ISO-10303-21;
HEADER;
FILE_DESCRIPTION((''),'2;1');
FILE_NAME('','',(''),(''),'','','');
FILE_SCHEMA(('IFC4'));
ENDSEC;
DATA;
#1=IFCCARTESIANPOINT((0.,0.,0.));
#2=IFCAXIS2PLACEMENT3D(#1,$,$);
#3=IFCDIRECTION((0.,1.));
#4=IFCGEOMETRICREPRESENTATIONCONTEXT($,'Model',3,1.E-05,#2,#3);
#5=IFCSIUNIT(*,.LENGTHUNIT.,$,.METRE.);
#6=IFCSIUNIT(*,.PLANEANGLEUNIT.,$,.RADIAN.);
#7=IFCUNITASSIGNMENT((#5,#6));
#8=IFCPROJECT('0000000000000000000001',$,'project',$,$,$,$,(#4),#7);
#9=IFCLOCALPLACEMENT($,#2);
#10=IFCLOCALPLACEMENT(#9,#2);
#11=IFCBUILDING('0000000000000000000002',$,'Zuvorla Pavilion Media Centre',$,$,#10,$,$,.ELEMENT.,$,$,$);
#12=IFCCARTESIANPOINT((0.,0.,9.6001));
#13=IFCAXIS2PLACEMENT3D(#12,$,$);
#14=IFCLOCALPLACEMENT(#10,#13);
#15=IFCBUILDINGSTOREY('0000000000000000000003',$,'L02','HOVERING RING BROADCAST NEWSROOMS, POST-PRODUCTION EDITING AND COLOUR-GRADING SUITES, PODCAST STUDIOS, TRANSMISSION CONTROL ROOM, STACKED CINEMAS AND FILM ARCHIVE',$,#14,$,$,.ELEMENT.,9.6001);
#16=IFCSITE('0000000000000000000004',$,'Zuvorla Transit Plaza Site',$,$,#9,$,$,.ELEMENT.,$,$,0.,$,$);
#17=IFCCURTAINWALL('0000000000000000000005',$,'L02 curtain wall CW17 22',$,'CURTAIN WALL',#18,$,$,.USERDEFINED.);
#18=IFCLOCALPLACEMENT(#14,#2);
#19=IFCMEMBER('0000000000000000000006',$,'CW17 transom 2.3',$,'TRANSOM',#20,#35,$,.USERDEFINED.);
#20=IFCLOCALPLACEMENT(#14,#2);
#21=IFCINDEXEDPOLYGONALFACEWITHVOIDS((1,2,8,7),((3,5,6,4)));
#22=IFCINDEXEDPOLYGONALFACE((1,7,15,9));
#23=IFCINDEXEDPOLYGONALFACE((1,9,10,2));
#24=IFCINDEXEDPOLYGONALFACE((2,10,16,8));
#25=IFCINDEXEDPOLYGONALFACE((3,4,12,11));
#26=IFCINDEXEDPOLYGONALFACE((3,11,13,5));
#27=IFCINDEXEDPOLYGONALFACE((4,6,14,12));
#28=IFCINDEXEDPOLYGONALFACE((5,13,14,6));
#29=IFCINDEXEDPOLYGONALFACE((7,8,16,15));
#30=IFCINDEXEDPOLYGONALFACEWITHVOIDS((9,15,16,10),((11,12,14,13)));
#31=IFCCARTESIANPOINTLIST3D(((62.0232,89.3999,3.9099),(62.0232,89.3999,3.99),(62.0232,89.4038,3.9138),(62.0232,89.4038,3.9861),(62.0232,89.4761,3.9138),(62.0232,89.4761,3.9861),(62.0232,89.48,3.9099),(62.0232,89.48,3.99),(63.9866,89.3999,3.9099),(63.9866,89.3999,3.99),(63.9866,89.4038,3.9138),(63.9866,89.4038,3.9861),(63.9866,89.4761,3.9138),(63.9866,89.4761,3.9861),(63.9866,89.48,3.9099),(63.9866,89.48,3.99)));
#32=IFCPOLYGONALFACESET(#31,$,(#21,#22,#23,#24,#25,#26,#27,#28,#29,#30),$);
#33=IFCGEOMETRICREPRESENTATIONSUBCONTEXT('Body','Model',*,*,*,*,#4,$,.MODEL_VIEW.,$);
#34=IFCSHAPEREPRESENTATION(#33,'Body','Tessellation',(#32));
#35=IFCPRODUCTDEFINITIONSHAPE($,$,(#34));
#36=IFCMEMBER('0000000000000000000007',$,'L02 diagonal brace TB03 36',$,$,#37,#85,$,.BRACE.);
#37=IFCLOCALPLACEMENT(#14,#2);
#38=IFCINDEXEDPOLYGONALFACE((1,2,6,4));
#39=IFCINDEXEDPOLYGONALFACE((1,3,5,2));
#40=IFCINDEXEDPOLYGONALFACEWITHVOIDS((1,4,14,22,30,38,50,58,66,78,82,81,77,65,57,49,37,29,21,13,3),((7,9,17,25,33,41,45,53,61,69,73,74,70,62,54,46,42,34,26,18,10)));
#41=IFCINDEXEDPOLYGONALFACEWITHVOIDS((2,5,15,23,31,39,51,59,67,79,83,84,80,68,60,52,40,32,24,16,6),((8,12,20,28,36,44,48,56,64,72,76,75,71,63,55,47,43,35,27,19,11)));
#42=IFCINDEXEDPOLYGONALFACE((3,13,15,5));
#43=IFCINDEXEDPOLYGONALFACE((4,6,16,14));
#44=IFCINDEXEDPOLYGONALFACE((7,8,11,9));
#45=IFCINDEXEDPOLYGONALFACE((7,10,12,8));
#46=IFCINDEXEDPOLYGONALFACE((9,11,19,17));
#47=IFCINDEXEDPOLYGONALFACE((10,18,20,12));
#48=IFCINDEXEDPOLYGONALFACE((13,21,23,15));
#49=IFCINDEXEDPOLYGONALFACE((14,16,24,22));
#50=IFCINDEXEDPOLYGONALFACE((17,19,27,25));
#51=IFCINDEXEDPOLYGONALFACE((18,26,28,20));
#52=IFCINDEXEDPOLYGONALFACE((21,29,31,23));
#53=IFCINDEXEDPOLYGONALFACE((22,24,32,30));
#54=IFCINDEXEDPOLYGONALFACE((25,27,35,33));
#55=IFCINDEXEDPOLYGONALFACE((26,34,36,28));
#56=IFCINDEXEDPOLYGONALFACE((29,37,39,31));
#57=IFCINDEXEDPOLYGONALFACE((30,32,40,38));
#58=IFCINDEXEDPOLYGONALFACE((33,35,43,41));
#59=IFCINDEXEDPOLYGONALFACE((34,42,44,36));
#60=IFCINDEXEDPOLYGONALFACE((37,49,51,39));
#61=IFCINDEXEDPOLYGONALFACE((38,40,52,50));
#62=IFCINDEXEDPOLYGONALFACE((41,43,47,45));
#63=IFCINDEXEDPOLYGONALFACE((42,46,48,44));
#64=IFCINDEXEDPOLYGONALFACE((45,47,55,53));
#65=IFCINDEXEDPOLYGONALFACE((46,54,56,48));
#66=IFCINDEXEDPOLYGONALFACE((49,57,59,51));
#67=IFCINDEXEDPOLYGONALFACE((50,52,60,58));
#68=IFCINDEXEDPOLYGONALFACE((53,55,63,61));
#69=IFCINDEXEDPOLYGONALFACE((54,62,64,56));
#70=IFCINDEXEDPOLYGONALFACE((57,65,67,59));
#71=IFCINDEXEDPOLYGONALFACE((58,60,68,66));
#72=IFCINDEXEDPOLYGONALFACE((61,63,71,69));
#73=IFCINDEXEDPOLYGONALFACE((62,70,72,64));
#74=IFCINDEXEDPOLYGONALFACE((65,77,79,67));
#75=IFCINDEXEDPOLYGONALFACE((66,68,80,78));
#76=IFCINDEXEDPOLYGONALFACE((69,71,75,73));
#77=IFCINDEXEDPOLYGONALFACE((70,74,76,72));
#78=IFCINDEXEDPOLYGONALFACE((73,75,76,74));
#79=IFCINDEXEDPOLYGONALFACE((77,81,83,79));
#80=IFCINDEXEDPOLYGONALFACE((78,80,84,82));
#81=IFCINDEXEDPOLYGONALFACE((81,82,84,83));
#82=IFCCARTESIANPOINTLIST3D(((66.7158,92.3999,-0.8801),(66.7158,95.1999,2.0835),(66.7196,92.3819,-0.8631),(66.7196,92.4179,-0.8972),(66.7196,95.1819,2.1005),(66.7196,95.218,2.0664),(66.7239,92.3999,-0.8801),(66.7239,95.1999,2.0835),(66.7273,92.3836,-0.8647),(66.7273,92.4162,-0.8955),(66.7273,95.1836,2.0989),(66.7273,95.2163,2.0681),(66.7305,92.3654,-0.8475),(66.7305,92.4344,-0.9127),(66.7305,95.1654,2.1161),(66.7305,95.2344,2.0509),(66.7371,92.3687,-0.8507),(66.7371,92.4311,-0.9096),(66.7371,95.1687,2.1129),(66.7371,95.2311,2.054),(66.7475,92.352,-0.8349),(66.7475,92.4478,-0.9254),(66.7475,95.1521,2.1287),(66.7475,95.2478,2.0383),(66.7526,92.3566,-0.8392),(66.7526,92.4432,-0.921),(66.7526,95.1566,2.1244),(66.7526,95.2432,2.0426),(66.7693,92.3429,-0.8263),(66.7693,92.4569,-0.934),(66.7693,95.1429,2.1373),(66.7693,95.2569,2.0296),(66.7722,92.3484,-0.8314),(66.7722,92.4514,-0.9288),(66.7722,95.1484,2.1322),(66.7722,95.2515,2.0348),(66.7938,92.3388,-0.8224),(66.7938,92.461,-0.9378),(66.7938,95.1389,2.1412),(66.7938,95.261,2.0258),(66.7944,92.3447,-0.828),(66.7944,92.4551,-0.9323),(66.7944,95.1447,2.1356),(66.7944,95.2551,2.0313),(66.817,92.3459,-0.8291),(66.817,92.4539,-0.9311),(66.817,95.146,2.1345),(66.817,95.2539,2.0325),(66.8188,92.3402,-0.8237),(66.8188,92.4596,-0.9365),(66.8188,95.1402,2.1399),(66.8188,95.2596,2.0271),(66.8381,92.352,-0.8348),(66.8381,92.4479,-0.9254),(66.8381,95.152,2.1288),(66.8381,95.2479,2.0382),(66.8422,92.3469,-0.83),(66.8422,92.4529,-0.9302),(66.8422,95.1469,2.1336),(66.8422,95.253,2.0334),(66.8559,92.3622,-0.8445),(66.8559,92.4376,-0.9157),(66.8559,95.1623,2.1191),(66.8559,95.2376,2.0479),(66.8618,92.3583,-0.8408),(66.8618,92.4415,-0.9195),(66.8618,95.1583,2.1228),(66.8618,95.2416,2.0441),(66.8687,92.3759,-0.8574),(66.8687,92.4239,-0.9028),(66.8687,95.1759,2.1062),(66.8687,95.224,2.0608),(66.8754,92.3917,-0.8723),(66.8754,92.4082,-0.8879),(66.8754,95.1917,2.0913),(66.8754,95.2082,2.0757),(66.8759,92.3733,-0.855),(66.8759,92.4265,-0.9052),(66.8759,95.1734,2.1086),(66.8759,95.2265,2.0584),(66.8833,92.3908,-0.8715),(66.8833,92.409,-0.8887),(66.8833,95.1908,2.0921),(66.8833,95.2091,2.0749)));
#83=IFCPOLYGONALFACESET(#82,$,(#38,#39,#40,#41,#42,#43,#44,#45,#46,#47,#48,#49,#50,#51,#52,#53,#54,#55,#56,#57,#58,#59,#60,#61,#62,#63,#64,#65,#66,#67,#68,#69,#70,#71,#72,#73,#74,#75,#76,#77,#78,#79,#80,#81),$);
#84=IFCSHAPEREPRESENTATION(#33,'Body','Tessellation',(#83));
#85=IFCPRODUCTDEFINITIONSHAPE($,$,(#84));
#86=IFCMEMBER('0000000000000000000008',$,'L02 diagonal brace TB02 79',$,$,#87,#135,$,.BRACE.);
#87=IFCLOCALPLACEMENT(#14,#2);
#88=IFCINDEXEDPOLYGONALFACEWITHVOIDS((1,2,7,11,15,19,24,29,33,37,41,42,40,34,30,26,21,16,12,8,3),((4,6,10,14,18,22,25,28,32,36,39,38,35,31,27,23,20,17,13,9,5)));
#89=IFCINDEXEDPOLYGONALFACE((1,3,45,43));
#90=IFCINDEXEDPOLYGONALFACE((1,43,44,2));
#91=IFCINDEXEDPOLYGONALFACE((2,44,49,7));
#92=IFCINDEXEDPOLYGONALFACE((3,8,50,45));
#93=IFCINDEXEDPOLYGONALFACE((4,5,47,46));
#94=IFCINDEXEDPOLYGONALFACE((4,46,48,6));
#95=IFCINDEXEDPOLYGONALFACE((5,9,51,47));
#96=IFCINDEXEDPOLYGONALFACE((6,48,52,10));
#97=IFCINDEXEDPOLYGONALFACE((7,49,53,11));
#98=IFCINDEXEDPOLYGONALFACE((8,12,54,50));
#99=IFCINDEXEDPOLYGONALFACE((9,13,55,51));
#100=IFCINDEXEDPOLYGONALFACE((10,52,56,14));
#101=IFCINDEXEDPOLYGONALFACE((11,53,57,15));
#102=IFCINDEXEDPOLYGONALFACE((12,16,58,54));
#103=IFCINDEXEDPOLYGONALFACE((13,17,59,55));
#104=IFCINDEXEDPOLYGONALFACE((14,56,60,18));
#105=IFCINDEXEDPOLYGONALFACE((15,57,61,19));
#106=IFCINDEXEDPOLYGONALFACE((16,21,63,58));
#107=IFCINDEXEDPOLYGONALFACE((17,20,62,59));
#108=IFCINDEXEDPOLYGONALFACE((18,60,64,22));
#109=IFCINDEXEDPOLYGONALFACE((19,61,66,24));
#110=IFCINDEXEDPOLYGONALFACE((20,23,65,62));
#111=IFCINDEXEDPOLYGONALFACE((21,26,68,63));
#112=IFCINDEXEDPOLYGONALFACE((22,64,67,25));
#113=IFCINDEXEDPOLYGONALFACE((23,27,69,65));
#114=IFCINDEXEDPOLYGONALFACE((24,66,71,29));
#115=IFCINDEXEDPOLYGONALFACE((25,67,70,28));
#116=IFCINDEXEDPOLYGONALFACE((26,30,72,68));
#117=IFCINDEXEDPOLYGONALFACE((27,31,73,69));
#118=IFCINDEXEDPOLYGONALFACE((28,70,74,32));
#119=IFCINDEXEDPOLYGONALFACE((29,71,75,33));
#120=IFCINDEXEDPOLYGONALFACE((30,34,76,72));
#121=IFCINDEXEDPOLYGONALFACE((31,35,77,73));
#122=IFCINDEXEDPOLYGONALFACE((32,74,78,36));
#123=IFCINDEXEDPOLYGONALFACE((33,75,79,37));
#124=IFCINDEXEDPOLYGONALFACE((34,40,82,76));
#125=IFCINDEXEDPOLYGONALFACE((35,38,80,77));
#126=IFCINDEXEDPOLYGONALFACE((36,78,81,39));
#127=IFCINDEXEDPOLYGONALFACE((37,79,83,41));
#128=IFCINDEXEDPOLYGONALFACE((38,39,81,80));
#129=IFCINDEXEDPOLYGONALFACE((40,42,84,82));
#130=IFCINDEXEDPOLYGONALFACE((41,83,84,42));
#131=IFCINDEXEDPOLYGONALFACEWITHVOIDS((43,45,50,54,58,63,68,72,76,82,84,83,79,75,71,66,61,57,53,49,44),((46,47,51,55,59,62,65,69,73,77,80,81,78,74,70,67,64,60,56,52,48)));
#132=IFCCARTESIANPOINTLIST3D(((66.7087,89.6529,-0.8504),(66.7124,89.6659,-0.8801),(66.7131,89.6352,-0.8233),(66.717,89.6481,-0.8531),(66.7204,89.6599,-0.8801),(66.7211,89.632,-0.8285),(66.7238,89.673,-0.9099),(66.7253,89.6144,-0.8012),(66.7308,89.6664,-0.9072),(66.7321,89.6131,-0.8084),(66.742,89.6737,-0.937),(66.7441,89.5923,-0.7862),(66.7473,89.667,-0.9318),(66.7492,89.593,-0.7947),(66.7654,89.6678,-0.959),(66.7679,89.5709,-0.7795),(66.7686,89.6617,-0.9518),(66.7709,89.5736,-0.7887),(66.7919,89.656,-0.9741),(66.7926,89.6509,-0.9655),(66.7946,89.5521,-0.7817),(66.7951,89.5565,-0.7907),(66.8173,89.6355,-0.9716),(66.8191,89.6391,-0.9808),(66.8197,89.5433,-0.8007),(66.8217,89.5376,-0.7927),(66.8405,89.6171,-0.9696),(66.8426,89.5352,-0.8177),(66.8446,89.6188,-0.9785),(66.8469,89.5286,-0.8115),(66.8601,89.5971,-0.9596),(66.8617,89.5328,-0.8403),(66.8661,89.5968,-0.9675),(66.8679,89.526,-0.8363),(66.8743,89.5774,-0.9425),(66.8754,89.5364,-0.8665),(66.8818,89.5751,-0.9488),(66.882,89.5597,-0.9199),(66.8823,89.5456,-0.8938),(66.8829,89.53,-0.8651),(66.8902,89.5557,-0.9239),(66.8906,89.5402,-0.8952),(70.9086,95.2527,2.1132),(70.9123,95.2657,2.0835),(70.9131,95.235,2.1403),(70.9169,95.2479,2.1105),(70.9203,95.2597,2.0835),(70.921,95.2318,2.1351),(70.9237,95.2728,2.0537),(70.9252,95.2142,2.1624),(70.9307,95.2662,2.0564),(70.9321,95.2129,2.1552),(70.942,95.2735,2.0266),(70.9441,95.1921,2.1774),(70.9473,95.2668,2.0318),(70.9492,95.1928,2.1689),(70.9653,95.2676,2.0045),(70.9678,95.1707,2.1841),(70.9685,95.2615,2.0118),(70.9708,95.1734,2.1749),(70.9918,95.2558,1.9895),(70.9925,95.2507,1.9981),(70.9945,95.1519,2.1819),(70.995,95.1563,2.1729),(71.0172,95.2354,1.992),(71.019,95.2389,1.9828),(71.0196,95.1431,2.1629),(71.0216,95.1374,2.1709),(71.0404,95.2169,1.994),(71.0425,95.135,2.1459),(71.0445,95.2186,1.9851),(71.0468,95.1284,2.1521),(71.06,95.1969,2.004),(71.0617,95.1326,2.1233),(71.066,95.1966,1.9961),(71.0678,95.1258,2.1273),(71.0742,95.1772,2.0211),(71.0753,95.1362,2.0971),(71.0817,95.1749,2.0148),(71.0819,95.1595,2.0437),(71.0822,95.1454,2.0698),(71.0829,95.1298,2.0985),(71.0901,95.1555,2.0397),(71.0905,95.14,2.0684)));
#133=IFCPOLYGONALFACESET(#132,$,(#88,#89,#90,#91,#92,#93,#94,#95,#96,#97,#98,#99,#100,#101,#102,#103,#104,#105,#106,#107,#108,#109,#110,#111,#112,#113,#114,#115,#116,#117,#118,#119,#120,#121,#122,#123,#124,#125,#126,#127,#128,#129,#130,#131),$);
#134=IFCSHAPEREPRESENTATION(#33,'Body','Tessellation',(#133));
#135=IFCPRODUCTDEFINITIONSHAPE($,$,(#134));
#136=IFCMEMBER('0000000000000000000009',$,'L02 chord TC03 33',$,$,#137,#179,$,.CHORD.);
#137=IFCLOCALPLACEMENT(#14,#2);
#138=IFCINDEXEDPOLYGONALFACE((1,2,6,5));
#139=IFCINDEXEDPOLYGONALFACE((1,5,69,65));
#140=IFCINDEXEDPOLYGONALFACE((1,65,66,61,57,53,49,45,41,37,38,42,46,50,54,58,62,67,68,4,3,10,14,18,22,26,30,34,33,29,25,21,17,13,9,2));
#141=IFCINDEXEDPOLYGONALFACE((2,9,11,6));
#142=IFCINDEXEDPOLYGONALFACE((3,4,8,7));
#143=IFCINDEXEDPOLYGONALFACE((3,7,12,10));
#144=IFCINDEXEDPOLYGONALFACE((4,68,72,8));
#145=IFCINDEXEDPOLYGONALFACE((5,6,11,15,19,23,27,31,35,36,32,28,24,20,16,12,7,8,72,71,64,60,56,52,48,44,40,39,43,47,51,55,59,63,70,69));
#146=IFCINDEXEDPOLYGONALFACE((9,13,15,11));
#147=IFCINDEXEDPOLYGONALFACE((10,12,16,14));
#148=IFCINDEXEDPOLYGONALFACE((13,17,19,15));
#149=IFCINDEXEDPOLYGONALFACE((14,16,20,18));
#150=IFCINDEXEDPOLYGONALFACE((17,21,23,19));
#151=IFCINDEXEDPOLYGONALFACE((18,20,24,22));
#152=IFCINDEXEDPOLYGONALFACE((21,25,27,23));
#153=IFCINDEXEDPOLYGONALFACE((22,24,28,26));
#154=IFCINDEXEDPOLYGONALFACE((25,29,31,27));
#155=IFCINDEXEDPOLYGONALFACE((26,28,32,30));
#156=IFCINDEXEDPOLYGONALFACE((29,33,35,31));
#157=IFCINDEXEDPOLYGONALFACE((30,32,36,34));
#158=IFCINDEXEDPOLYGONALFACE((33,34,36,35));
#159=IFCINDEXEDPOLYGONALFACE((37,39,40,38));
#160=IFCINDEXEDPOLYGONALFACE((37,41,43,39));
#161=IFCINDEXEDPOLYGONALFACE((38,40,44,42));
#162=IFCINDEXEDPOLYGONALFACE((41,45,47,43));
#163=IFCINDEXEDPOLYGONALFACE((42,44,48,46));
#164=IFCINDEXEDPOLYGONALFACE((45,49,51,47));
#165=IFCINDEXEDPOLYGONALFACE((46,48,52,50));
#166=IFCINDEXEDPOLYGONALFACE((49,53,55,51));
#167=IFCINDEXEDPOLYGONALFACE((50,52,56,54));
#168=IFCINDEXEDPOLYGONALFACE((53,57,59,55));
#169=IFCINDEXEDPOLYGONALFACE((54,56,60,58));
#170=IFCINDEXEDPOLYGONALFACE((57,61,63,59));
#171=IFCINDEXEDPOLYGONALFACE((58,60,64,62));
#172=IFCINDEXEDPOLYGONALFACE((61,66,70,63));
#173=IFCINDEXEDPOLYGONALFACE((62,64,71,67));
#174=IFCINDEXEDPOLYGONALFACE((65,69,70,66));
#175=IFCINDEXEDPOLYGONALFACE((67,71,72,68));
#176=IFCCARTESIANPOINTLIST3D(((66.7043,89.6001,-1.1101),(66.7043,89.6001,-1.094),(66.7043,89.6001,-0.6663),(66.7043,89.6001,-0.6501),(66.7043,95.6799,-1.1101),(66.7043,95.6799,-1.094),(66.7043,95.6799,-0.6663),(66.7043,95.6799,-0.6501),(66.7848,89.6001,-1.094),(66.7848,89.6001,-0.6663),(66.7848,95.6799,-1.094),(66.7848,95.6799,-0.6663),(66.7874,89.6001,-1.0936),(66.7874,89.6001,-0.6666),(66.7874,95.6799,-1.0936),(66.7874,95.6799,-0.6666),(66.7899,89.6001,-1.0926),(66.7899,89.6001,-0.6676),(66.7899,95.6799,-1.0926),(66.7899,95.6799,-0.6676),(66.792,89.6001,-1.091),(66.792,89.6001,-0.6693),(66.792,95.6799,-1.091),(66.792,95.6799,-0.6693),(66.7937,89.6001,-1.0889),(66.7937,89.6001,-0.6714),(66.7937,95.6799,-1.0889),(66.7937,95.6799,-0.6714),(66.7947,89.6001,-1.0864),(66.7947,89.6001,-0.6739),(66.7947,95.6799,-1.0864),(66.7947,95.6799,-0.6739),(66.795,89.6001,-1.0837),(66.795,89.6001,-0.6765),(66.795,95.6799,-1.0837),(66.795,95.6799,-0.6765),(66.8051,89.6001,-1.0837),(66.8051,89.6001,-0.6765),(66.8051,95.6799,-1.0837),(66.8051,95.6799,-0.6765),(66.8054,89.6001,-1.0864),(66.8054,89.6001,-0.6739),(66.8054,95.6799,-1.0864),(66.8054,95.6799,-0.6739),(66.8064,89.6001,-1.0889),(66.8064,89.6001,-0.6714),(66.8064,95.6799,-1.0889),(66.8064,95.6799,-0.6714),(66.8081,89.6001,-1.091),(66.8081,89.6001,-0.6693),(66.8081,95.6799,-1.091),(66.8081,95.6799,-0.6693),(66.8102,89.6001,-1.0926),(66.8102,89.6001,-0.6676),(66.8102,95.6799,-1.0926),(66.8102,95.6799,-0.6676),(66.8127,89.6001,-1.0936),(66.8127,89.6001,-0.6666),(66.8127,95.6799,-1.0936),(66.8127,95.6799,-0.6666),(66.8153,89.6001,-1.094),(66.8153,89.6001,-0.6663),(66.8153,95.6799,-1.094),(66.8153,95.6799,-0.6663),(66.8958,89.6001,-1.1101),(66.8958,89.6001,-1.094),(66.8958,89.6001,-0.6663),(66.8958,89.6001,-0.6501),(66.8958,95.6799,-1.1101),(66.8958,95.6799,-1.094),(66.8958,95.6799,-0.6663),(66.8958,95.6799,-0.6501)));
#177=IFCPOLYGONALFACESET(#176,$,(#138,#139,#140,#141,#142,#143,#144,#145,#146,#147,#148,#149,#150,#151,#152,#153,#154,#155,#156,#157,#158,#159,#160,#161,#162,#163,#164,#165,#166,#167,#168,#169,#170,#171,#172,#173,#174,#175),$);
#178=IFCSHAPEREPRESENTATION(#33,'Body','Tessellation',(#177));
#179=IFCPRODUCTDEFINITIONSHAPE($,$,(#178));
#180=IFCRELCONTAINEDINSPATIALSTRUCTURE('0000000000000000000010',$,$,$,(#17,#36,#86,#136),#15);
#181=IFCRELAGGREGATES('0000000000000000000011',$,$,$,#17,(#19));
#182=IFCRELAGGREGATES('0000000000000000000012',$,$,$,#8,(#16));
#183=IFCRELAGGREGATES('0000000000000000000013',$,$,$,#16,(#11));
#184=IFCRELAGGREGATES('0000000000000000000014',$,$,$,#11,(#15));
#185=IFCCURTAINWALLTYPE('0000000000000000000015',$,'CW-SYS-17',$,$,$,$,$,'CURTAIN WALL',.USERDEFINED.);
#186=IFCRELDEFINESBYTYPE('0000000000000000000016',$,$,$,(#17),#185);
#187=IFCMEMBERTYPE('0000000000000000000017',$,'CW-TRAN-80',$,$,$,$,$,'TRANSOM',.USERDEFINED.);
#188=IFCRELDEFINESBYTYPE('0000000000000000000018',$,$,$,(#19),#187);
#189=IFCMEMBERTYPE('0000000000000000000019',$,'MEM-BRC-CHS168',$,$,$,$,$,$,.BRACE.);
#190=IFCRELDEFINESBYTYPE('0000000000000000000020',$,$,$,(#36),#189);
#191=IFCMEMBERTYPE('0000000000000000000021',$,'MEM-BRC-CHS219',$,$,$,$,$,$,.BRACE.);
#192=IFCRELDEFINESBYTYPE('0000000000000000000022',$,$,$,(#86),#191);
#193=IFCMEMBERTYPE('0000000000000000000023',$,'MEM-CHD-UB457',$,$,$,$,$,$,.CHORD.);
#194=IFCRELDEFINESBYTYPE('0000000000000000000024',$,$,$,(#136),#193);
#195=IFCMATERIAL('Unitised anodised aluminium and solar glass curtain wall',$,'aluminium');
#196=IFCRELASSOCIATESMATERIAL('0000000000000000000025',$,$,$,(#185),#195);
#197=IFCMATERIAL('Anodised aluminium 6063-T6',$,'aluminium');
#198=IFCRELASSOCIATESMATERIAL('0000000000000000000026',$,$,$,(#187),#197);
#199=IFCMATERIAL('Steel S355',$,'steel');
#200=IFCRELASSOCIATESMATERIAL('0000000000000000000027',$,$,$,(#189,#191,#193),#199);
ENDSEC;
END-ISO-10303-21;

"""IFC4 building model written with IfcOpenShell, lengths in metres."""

from ifc_helpers import new_model, si_unit, direction, frame, origin, origin_2d, place, context, subcontext, project, spatial, hollow_rectangle, hollow_circle, i_section, extrude, material, material_profile, profile_set, type_object, element, aggregate, save


model = new_model("IFC4")

# Units and contexts
model_context = context("Model", 3, precision=1e-05, world=origin(), true_north=direction((0.0, 1.0)))
body_context = subcontext(model_context, "Body", "Model", "MODEL_VIEW")
ifc_project = project(units=[si_unit("LENGTHUNIT", "METRE"), si_unit("PLANEANGLEUNIT", "RADIAN")], contexts=[model_context])

# Site, building, storey
site_placement = place(None, origin())
site = spatial("IfcSite", under=ifc_project, at=site_placement, Name="Zuvorla Transit Plaza Site", CompositionType="ELEMENT", RefElevation=0.0)
building_placement = place(site_placement, origin())
building = spatial("IfcBuilding", under=site, at=building_placement, Name="Zuvorla Pavilion Media Centre", CompositionType="ELEMENT")
storey_placement = place(building_placement, frame((0.0, 0.0, 9.6001)))
storey = spatial("IfcBuildingStorey", under=building, at=storey_placement, Name="L02", Description="HOVERING RING BROADCAST NEWSROOMS, POST-PRODUCTION EDITING AND COLOUR-GRADING SUITES, PODCAST STUDIOS, TRANSMISSION CONTROL ROOM, STACKED CINEMAS AND FILM ARCHIVE", CompositionType="ELEMENT", Elevation=9.6001)

# Shared definitions
ifc_material_1 = material(Name="Steel S355", Category="steel")

# Curtain wall, member
ifc_material_2 = material(Name="Unitised anodised aluminium and solar glass curtain wall", Category="aluminium")
curtain_wall_type = type_object("IfcCurtainWallType", Name="CW-SYS-17", ElementType="CURTAIN WALL", PredefinedType="USERDEFINED", material=ifc_material_2)
curtain_wall_placement = place(storey_placement, origin())
curtain_wall = element("IfcCurtainWall", 1, at=curtain_wall_placement, inside=storey, type_object=curtain_wall_type, Name="L02 curtain wall CW17 22", ObjectType="CURTAIN WALL", PredefinedType="USERDEFINED")
ifc_material_3 = material(Name="Anodised aluminium 6063-T6", Category="aluminium")
ifc_material_profile_1 = material_profile(ifc_material_3, hollow_rectangle(XDim=0.0801, YDim=0.0801, WallThickness=0.0039, at=origin_2d()), Name="ALU TRAN 80x80")
ifc_profile_set_1 = profile_set([ifc_material_profile_1], Name="Anodised aluminium 6063-T6")
member_type_1 = type_object("IfcMemberType", Name="CW-TRAN-80", ElementType="TRANSOM", PredefinedType="USERDEFINED", material=ifc_profile_set_1)
member_1_placement = place(storey_placement, frame((63.9866, 89.4399, 3.95), z_axis=(-1.0, 0.0, 0.0), x_axis=(0.0, -1.0, 0.0)))
member_1 = element("IfcMember", 2, at=member_1_placement, type_object=member_type_1, Name="CW17 transom 2.3", ObjectType="TRANSOM", PredefinedType="USERDEFINED", context=body_context, shape_type="SweptSolid", body=[
    extrude(hollow_rectangle(XDim=0.0801, YDim=0.0801, WallThickness=0.0039, at=origin_2d()), origin(), (0.0, 0.0, 1.0), 1.9634),
])

# Members
ifc_material_profile_2 = material_profile(ifc_material_1, hollow_circle(Radius=0.0842, WallThickness=0.0081, at=origin_2d()), Name="CHS 168.3x8")
ifc_profile_set_2 = profile_set([ifc_material_profile_2], Name="Steel S355")
member_type_2 = type_object("IfcMemberType", Name="MEM-BRC-CHS168", PredefinedType="BRACE", material=ifc_profile_set_2)
member_2_placement = place(storey_placement, frame((66.8, 92.3999, -0.8801), z_axis=(0.0, 0.686762, 0.726882), x_axis=(-1.0, 0.0, 0.0)))
element("IfcMember", 3, at=member_2_placement, inside=storey, type_object=member_type_2, Name="L02 diagonal brace TB03 36", PredefinedType="BRACE", context=body_context, shape_type="SweptSolid", body=[
    extrude(hollow_circle(Radius=0.0842, WallThickness=0.0081, at=origin_2d()), origin(), (0.0, 0.0, 1.0), 4.0771),
])
ifc_material_profile_3 = material_profile(ifc_material_1, hollow_circle(Radius=0.1096, WallThickness=0.01, at=origin_2d()), Name="CHS 219.1x10")
ifc_profile_set_3 = profile_set([ifc_material_profile_3], Name="Steel S355")
member_type_3 = type_object("IfcMemberType", Name="MEM-BRC-CHS219", PredefinedType="BRACE", material=ifc_profile_set_3)
member_3_placement = place(storey_placement, frame((66.8, 89.6001, -0.8801), z_axis=(0.552525, 0.736689, 0.389879), x_axis=(-0.799996, 0.600006, 0.0)))
element("IfcMember", 4, at=member_3_placement, inside=storey, type_object=member_type_3, Name="L02 diagonal brace TB02 79", PredefinedType="BRACE", context=body_context, shape_type="SweptSolid", body=[
    extrude(hollow_circle(Radius=0.1096, WallThickness=0.01, at=origin_2d()), origin(), (0.0, 0.0, 1.0), 7.6013),
])
ifc_material_profile_4 = material_profile(ifc_material_1, i_section(OverallWidth=0.1914, OverallDepth=0.46, WebThickness=0.01, FlangeThickness=0.0161, FilletRadius=0.0103, at=origin_2d()), Name="UB 457x191x82")
ifc_profile_set_4 = profile_set([ifc_material_profile_4], Name="Steel S355")
member_type_4 = type_object("IfcMemberType", Name="MEM-CHD-UB457", PredefinedType="CHORD", material=ifc_profile_set_4)
member_4_placement = place(storey_placement, frame((66.8, 89.6001, -0.8801), z_axis=(0.0, 1.0, 0.0), x_axis=(-1.0, 0.0, 0.0)))
element("IfcMember", 5, at=member_4_placement, inside=storey, type_object=member_type_4, Name="L02 chord TC03 33", PredefinedType="CHORD", context=body_context, shape_type="SweptSolid", body=[
    extrude(i_section(OverallWidth=0.1914, OverallDepth=0.46, WebThickness=0.01, FlangeThickness=0.0161, FilletRadius=0.0103, at=origin_2d()), origin(), (0.0, 0.0, 1.0), 6.0798),
])

aggregate(curtain_wall, [member_1])

save(model, "model.ifc")
